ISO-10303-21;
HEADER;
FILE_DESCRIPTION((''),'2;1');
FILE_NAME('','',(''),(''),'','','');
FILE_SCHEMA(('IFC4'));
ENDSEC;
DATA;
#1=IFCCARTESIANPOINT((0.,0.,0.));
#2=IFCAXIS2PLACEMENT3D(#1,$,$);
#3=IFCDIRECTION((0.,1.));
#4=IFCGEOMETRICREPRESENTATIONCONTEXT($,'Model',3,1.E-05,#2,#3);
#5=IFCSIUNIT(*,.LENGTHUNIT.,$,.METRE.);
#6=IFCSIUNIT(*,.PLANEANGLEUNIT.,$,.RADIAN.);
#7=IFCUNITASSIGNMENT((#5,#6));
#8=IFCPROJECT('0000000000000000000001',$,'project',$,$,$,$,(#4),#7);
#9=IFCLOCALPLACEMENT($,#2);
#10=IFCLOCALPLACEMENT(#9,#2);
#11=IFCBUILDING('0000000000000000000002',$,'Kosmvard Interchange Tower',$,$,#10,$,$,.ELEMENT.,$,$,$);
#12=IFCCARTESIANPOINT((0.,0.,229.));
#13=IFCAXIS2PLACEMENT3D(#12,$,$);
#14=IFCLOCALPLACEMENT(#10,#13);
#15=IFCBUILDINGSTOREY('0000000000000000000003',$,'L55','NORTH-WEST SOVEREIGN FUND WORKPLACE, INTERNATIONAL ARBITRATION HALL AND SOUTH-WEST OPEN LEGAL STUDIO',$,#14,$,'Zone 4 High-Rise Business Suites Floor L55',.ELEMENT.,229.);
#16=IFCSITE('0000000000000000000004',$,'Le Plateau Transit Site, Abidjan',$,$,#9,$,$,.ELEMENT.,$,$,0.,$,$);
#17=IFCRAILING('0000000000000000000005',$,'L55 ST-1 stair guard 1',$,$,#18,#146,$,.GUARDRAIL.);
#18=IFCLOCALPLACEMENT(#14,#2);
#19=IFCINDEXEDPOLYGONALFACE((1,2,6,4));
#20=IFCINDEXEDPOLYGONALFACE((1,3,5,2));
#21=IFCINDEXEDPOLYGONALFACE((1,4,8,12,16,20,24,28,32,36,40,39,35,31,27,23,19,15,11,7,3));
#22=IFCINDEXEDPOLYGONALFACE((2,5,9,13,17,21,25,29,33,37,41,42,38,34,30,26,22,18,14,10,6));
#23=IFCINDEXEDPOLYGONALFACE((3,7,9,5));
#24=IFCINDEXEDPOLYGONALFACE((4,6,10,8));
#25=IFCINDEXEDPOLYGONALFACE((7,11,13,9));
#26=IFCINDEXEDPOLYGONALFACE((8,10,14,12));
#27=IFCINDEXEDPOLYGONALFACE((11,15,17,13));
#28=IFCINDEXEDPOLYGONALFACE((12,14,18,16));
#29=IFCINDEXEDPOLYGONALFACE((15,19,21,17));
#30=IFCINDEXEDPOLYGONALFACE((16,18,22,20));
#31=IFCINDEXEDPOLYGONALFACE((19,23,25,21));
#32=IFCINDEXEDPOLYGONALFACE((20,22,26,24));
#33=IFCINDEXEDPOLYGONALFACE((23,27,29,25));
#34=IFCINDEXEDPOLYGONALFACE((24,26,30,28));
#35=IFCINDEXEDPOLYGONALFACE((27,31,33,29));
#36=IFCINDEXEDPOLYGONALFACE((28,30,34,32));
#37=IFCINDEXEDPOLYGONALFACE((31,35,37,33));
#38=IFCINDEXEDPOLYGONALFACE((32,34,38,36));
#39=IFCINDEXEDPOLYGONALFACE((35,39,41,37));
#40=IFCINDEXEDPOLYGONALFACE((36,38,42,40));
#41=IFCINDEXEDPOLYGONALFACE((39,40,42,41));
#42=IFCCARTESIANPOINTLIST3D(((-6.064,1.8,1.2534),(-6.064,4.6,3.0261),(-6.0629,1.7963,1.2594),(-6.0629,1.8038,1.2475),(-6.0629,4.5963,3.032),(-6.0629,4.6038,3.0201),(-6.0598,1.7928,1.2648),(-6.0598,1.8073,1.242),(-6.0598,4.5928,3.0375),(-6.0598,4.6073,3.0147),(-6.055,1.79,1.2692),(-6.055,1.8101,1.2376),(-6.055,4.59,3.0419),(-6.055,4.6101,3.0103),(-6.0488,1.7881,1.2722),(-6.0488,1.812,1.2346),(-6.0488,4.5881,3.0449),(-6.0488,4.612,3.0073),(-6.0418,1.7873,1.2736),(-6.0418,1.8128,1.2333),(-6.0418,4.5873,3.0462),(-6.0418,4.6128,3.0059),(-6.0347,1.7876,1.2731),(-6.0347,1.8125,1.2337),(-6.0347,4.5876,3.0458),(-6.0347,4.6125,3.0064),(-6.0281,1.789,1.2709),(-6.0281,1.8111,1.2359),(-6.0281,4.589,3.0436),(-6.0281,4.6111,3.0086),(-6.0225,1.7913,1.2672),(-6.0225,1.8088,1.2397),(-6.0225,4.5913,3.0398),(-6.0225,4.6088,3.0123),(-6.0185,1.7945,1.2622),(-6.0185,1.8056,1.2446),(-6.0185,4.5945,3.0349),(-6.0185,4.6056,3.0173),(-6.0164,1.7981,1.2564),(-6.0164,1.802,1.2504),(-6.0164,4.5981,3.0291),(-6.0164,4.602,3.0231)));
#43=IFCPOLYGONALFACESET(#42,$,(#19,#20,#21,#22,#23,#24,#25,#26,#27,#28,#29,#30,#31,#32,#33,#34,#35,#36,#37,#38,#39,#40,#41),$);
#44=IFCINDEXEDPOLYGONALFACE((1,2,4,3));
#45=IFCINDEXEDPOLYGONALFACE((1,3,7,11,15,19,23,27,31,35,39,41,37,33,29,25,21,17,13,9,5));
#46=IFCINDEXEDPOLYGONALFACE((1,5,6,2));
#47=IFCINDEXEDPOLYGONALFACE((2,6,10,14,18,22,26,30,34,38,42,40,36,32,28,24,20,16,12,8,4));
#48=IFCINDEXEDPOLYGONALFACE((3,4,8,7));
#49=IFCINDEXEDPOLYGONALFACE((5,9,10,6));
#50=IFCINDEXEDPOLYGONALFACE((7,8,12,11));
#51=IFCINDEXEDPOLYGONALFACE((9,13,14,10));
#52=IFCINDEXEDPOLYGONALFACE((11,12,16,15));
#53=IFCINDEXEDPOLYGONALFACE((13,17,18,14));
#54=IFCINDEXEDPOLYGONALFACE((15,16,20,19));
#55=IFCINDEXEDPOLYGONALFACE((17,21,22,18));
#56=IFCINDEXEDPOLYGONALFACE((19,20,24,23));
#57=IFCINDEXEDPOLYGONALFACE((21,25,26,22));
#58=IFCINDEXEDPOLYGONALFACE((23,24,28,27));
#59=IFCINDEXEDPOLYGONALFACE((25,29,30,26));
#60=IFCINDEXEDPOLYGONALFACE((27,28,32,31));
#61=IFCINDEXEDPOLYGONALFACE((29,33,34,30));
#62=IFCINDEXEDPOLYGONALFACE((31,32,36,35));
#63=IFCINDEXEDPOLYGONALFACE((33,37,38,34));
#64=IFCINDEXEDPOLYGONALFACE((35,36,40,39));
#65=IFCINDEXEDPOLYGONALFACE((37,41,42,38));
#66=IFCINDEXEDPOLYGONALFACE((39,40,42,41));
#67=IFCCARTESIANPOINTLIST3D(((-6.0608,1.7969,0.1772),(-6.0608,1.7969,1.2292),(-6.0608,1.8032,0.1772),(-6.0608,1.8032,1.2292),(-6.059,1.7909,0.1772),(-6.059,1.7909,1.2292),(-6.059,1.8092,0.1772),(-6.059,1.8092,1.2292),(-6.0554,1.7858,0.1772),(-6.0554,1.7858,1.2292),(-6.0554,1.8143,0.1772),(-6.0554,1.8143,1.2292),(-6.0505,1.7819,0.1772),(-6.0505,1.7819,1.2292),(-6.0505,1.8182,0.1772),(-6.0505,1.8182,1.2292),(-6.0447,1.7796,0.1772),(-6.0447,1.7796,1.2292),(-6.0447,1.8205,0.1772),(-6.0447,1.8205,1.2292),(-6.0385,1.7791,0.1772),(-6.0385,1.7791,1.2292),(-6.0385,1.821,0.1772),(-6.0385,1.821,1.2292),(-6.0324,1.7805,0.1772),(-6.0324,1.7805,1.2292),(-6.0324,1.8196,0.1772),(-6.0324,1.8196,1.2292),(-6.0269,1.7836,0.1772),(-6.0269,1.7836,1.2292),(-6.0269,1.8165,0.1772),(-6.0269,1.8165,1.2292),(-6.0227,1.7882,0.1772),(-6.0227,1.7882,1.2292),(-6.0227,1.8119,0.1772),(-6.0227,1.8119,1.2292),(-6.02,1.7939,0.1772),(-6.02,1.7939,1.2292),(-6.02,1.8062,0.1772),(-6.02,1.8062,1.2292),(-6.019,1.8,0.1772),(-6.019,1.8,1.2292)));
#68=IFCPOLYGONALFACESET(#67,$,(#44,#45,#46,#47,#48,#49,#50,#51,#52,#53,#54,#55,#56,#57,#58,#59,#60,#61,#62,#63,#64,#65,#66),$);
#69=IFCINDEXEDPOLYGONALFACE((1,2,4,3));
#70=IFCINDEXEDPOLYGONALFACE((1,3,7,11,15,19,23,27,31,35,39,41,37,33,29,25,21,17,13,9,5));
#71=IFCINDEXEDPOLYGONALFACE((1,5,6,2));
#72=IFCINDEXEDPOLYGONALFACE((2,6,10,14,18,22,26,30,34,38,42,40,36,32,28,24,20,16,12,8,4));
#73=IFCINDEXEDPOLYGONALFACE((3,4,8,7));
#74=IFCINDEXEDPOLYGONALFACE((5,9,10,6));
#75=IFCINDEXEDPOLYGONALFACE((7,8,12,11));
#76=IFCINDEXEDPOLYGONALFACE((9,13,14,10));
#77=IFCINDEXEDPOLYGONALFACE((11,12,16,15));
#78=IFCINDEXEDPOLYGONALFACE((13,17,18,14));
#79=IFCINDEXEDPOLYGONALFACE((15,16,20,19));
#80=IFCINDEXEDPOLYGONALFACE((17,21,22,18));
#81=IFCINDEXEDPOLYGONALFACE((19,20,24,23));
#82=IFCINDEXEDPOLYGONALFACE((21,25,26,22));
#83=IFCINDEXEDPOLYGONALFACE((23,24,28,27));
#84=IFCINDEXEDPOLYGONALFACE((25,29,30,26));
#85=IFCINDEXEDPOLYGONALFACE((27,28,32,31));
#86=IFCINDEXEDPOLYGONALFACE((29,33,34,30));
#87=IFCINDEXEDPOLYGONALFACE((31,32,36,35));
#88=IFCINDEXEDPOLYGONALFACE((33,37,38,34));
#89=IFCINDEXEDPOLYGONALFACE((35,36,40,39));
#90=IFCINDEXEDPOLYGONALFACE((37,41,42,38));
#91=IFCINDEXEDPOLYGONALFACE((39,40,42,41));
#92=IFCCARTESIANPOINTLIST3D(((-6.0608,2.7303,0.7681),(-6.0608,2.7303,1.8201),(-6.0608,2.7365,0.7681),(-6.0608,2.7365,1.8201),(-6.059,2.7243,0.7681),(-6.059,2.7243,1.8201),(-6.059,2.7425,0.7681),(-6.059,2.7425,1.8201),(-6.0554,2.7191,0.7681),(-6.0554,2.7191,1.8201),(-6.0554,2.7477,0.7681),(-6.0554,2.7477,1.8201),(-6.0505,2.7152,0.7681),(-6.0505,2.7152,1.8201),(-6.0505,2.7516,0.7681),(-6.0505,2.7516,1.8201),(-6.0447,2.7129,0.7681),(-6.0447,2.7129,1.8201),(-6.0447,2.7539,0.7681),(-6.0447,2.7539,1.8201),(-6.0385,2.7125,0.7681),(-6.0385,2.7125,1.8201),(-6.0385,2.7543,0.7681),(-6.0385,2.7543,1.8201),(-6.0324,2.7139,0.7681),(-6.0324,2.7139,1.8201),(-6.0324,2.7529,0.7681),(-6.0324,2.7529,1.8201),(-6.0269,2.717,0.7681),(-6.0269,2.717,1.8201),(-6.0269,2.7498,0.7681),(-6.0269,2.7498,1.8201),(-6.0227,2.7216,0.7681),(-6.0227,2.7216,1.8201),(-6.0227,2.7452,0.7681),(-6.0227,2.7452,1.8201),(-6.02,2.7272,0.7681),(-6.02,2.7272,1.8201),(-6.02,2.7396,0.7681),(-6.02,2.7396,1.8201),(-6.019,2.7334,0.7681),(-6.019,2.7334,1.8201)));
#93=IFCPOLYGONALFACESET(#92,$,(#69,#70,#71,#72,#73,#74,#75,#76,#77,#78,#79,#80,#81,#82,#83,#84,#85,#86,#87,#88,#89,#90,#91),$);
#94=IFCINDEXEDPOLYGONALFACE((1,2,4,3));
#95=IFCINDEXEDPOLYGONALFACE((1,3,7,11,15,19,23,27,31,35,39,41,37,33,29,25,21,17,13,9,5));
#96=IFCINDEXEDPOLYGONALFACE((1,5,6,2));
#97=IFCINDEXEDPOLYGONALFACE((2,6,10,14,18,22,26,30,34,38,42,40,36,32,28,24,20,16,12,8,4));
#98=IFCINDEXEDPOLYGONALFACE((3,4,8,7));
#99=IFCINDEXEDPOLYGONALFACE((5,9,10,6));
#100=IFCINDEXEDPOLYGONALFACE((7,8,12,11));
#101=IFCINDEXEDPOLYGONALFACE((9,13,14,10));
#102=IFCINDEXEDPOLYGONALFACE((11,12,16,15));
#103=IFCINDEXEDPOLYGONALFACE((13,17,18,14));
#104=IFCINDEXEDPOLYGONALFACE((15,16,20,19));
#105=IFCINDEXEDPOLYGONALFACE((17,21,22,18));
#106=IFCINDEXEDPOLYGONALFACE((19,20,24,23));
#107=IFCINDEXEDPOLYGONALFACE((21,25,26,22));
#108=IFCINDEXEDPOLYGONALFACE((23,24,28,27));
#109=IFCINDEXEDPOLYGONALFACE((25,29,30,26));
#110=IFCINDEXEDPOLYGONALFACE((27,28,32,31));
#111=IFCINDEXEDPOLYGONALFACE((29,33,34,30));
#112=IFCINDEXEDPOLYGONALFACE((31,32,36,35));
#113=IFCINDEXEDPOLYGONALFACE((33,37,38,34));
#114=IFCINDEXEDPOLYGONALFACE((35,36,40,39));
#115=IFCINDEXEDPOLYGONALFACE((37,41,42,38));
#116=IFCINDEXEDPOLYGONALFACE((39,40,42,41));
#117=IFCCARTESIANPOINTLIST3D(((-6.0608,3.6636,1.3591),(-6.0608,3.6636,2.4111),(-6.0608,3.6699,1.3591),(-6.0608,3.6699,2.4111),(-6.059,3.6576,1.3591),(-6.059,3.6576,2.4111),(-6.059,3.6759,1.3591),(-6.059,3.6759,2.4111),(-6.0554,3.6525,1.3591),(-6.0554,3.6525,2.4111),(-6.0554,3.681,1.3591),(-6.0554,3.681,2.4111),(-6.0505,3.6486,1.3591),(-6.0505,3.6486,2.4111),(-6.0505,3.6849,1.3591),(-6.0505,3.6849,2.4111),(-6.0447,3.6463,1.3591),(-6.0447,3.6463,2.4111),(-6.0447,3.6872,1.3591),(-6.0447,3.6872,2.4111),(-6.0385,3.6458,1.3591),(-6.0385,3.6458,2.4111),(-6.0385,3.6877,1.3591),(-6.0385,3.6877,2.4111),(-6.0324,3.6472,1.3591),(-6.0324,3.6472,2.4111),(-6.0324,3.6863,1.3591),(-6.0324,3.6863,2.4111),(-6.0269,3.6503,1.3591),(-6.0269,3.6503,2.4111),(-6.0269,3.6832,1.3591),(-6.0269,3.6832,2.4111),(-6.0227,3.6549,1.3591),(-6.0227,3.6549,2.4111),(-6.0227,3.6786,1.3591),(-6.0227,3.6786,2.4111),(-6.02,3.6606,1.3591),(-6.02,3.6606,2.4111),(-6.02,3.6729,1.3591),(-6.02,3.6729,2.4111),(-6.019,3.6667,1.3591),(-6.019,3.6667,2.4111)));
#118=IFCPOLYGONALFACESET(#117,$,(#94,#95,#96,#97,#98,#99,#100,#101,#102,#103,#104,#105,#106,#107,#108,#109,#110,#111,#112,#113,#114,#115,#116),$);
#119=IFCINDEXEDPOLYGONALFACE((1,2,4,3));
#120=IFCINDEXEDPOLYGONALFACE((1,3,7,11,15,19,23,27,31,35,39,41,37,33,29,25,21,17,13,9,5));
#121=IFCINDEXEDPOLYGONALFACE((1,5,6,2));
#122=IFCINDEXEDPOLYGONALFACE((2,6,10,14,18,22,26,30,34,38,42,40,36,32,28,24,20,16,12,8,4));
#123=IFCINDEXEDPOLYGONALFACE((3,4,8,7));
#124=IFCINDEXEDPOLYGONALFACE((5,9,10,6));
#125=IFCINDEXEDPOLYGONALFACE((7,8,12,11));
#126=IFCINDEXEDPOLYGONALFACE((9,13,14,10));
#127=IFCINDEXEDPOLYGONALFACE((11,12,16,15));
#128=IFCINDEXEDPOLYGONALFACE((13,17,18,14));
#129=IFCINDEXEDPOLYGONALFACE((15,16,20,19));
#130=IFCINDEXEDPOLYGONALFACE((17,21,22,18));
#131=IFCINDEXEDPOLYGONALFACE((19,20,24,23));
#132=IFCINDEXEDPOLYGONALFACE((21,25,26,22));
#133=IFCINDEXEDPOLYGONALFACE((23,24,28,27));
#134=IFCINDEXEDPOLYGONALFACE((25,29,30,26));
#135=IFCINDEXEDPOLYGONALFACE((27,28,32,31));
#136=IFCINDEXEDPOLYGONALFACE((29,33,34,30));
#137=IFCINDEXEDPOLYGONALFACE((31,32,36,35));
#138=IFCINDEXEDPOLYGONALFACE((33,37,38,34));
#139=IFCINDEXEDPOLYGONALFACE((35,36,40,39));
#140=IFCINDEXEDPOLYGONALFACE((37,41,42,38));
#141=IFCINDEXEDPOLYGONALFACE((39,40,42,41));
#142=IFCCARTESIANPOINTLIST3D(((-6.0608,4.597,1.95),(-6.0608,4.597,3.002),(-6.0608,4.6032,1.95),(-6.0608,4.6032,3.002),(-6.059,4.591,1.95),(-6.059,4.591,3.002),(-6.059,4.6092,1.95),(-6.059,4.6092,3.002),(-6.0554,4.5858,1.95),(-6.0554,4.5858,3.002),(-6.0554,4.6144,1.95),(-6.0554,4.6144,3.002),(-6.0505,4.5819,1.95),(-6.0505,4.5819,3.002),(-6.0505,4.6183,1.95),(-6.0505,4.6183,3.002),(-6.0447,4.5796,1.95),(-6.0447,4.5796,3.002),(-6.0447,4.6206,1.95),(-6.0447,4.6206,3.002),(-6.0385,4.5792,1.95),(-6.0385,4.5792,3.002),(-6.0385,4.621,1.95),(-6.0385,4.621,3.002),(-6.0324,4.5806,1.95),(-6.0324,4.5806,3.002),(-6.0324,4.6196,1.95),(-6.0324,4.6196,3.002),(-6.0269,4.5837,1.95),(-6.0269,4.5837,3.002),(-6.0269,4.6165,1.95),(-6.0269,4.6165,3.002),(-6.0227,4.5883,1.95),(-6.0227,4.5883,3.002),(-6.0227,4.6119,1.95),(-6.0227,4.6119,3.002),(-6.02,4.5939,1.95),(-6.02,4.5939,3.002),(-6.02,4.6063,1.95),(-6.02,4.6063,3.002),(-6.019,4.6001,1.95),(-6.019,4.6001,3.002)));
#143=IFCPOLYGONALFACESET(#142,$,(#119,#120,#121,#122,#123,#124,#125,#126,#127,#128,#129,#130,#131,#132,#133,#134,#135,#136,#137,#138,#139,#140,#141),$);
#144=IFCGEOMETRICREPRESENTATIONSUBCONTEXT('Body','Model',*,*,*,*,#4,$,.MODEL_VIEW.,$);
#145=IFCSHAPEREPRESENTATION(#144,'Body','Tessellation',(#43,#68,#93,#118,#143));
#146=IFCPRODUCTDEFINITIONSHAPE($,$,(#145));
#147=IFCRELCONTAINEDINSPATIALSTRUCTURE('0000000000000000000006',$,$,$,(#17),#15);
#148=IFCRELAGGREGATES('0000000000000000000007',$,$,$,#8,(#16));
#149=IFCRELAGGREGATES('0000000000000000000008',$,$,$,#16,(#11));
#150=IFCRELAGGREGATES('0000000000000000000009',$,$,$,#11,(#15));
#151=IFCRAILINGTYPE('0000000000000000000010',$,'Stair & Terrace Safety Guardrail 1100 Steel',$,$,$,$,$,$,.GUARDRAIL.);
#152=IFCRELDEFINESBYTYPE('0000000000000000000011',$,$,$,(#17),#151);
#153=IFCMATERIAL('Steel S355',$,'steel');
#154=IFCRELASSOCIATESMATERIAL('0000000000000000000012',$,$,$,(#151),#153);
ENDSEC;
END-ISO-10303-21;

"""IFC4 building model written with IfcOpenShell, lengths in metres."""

from ifc_helpers import new_model, si_unit, direction, frame, origin, origin_2d, place, context, subcontext, project, spatial, circle, extrude, source, transform, mapped, material, type_object, element, save


model = new_model("IFC4")

# Units and contexts
model_context = context("Model", 3, precision=1e-05, world=origin(), true_north=direction((0.0, 1.0)))
body_context = subcontext(model_context, "Body", "Model", "MODEL_VIEW")
ifc_project = project(units=[si_unit("LENGTHUNIT", "METRE"), si_unit("PLANEANGLEUNIT", "RADIAN")], contexts=[model_context])

# Site, building, storey
site_placement = place(None, origin())
site = spatial("IfcSite", under=ifc_project, at=site_placement, Name="Le Plateau Transit Site, Abidjan", CompositionType="ELEMENT", RefElevation=0.0)
building_placement = place(site_placement, origin())
building = spatial("IfcBuilding", under=site, at=building_placement, Name="Kosmvard Interchange Tower", CompositionType="ELEMENT")
storey_placement = place(building_placement, frame((0.0, 0.0, 229.0)))
storey = spatial("IfcBuildingStorey", under=building, at=storey_placement, Name="L55", Description="NORTH-WEST SOVEREIGN FUND WORKPLACE, INTERNATIONAL ARBITRATION HALL AND SOUTH-WEST OPEN LEGAL STUDIO", LongName="Zone 4 High-Rise Business Suites Floor L55", CompositionType="ELEMENT", Elevation=229.0)

# Railing
ifc_material_1 = material(Name="Steel S355", Category="steel")
railing_type_1 = type_object("IfcRailingType", Name="Stair & Terrace Safety Guardrail 1100 Steel", PredefinedType="GUARDRAIL", material=ifc_material_1)
shared_shape_1 = source(origin(), body_context, "Body", "SweptSolid", [
    extrude(circle(Radius=0.0239, at=origin_2d()), frame((0.0, 0.0, 1.0762), z_axis=(0.0, 0.844909, 0.53491), x_axis=(-1.0, 0.0, 0.0)), (0.0, 0.0, 1.0), 3.314),
    extrude(circle(Radius=0.021, at=origin_2d()), origin(), (0.0, 0.0, 1.0), 1.052),
    extrude(circle(Radius=0.021, at=origin_2d()), frame((0.0, 0.9333, 0.5908)), (0.0, 0.0, 1.0), 1.052),
    extrude(circle(Radius=0.021, at=origin_2d()), frame((0.0, 1.8667, 1.1819)), (0.0, 0.0, 1.0), 1.052),
    extrude(circle(Radius=0.021, at=origin_2d()), frame((0.0, 2.8, 1.7727)), (0.0, 0.0, 1.0), 1.052),
])
railing_1_placement = place(storey_placement, frame((-6.04, 1.8, 0.1772)))
element("IfcRailing", 1, at=railing_1_placement, inside=storey, type_object=railing_type_1, Name="L55 ST-1 stair guard 1", PredefinedType="GUARDRAIL", context=body_context, shape_type="MappedRepresentation", body=[
    mapped(shared_shape_1, transform((0.0, 0.0, 0.0), scale=1.0)),
])

save(model, "model.ifc")
